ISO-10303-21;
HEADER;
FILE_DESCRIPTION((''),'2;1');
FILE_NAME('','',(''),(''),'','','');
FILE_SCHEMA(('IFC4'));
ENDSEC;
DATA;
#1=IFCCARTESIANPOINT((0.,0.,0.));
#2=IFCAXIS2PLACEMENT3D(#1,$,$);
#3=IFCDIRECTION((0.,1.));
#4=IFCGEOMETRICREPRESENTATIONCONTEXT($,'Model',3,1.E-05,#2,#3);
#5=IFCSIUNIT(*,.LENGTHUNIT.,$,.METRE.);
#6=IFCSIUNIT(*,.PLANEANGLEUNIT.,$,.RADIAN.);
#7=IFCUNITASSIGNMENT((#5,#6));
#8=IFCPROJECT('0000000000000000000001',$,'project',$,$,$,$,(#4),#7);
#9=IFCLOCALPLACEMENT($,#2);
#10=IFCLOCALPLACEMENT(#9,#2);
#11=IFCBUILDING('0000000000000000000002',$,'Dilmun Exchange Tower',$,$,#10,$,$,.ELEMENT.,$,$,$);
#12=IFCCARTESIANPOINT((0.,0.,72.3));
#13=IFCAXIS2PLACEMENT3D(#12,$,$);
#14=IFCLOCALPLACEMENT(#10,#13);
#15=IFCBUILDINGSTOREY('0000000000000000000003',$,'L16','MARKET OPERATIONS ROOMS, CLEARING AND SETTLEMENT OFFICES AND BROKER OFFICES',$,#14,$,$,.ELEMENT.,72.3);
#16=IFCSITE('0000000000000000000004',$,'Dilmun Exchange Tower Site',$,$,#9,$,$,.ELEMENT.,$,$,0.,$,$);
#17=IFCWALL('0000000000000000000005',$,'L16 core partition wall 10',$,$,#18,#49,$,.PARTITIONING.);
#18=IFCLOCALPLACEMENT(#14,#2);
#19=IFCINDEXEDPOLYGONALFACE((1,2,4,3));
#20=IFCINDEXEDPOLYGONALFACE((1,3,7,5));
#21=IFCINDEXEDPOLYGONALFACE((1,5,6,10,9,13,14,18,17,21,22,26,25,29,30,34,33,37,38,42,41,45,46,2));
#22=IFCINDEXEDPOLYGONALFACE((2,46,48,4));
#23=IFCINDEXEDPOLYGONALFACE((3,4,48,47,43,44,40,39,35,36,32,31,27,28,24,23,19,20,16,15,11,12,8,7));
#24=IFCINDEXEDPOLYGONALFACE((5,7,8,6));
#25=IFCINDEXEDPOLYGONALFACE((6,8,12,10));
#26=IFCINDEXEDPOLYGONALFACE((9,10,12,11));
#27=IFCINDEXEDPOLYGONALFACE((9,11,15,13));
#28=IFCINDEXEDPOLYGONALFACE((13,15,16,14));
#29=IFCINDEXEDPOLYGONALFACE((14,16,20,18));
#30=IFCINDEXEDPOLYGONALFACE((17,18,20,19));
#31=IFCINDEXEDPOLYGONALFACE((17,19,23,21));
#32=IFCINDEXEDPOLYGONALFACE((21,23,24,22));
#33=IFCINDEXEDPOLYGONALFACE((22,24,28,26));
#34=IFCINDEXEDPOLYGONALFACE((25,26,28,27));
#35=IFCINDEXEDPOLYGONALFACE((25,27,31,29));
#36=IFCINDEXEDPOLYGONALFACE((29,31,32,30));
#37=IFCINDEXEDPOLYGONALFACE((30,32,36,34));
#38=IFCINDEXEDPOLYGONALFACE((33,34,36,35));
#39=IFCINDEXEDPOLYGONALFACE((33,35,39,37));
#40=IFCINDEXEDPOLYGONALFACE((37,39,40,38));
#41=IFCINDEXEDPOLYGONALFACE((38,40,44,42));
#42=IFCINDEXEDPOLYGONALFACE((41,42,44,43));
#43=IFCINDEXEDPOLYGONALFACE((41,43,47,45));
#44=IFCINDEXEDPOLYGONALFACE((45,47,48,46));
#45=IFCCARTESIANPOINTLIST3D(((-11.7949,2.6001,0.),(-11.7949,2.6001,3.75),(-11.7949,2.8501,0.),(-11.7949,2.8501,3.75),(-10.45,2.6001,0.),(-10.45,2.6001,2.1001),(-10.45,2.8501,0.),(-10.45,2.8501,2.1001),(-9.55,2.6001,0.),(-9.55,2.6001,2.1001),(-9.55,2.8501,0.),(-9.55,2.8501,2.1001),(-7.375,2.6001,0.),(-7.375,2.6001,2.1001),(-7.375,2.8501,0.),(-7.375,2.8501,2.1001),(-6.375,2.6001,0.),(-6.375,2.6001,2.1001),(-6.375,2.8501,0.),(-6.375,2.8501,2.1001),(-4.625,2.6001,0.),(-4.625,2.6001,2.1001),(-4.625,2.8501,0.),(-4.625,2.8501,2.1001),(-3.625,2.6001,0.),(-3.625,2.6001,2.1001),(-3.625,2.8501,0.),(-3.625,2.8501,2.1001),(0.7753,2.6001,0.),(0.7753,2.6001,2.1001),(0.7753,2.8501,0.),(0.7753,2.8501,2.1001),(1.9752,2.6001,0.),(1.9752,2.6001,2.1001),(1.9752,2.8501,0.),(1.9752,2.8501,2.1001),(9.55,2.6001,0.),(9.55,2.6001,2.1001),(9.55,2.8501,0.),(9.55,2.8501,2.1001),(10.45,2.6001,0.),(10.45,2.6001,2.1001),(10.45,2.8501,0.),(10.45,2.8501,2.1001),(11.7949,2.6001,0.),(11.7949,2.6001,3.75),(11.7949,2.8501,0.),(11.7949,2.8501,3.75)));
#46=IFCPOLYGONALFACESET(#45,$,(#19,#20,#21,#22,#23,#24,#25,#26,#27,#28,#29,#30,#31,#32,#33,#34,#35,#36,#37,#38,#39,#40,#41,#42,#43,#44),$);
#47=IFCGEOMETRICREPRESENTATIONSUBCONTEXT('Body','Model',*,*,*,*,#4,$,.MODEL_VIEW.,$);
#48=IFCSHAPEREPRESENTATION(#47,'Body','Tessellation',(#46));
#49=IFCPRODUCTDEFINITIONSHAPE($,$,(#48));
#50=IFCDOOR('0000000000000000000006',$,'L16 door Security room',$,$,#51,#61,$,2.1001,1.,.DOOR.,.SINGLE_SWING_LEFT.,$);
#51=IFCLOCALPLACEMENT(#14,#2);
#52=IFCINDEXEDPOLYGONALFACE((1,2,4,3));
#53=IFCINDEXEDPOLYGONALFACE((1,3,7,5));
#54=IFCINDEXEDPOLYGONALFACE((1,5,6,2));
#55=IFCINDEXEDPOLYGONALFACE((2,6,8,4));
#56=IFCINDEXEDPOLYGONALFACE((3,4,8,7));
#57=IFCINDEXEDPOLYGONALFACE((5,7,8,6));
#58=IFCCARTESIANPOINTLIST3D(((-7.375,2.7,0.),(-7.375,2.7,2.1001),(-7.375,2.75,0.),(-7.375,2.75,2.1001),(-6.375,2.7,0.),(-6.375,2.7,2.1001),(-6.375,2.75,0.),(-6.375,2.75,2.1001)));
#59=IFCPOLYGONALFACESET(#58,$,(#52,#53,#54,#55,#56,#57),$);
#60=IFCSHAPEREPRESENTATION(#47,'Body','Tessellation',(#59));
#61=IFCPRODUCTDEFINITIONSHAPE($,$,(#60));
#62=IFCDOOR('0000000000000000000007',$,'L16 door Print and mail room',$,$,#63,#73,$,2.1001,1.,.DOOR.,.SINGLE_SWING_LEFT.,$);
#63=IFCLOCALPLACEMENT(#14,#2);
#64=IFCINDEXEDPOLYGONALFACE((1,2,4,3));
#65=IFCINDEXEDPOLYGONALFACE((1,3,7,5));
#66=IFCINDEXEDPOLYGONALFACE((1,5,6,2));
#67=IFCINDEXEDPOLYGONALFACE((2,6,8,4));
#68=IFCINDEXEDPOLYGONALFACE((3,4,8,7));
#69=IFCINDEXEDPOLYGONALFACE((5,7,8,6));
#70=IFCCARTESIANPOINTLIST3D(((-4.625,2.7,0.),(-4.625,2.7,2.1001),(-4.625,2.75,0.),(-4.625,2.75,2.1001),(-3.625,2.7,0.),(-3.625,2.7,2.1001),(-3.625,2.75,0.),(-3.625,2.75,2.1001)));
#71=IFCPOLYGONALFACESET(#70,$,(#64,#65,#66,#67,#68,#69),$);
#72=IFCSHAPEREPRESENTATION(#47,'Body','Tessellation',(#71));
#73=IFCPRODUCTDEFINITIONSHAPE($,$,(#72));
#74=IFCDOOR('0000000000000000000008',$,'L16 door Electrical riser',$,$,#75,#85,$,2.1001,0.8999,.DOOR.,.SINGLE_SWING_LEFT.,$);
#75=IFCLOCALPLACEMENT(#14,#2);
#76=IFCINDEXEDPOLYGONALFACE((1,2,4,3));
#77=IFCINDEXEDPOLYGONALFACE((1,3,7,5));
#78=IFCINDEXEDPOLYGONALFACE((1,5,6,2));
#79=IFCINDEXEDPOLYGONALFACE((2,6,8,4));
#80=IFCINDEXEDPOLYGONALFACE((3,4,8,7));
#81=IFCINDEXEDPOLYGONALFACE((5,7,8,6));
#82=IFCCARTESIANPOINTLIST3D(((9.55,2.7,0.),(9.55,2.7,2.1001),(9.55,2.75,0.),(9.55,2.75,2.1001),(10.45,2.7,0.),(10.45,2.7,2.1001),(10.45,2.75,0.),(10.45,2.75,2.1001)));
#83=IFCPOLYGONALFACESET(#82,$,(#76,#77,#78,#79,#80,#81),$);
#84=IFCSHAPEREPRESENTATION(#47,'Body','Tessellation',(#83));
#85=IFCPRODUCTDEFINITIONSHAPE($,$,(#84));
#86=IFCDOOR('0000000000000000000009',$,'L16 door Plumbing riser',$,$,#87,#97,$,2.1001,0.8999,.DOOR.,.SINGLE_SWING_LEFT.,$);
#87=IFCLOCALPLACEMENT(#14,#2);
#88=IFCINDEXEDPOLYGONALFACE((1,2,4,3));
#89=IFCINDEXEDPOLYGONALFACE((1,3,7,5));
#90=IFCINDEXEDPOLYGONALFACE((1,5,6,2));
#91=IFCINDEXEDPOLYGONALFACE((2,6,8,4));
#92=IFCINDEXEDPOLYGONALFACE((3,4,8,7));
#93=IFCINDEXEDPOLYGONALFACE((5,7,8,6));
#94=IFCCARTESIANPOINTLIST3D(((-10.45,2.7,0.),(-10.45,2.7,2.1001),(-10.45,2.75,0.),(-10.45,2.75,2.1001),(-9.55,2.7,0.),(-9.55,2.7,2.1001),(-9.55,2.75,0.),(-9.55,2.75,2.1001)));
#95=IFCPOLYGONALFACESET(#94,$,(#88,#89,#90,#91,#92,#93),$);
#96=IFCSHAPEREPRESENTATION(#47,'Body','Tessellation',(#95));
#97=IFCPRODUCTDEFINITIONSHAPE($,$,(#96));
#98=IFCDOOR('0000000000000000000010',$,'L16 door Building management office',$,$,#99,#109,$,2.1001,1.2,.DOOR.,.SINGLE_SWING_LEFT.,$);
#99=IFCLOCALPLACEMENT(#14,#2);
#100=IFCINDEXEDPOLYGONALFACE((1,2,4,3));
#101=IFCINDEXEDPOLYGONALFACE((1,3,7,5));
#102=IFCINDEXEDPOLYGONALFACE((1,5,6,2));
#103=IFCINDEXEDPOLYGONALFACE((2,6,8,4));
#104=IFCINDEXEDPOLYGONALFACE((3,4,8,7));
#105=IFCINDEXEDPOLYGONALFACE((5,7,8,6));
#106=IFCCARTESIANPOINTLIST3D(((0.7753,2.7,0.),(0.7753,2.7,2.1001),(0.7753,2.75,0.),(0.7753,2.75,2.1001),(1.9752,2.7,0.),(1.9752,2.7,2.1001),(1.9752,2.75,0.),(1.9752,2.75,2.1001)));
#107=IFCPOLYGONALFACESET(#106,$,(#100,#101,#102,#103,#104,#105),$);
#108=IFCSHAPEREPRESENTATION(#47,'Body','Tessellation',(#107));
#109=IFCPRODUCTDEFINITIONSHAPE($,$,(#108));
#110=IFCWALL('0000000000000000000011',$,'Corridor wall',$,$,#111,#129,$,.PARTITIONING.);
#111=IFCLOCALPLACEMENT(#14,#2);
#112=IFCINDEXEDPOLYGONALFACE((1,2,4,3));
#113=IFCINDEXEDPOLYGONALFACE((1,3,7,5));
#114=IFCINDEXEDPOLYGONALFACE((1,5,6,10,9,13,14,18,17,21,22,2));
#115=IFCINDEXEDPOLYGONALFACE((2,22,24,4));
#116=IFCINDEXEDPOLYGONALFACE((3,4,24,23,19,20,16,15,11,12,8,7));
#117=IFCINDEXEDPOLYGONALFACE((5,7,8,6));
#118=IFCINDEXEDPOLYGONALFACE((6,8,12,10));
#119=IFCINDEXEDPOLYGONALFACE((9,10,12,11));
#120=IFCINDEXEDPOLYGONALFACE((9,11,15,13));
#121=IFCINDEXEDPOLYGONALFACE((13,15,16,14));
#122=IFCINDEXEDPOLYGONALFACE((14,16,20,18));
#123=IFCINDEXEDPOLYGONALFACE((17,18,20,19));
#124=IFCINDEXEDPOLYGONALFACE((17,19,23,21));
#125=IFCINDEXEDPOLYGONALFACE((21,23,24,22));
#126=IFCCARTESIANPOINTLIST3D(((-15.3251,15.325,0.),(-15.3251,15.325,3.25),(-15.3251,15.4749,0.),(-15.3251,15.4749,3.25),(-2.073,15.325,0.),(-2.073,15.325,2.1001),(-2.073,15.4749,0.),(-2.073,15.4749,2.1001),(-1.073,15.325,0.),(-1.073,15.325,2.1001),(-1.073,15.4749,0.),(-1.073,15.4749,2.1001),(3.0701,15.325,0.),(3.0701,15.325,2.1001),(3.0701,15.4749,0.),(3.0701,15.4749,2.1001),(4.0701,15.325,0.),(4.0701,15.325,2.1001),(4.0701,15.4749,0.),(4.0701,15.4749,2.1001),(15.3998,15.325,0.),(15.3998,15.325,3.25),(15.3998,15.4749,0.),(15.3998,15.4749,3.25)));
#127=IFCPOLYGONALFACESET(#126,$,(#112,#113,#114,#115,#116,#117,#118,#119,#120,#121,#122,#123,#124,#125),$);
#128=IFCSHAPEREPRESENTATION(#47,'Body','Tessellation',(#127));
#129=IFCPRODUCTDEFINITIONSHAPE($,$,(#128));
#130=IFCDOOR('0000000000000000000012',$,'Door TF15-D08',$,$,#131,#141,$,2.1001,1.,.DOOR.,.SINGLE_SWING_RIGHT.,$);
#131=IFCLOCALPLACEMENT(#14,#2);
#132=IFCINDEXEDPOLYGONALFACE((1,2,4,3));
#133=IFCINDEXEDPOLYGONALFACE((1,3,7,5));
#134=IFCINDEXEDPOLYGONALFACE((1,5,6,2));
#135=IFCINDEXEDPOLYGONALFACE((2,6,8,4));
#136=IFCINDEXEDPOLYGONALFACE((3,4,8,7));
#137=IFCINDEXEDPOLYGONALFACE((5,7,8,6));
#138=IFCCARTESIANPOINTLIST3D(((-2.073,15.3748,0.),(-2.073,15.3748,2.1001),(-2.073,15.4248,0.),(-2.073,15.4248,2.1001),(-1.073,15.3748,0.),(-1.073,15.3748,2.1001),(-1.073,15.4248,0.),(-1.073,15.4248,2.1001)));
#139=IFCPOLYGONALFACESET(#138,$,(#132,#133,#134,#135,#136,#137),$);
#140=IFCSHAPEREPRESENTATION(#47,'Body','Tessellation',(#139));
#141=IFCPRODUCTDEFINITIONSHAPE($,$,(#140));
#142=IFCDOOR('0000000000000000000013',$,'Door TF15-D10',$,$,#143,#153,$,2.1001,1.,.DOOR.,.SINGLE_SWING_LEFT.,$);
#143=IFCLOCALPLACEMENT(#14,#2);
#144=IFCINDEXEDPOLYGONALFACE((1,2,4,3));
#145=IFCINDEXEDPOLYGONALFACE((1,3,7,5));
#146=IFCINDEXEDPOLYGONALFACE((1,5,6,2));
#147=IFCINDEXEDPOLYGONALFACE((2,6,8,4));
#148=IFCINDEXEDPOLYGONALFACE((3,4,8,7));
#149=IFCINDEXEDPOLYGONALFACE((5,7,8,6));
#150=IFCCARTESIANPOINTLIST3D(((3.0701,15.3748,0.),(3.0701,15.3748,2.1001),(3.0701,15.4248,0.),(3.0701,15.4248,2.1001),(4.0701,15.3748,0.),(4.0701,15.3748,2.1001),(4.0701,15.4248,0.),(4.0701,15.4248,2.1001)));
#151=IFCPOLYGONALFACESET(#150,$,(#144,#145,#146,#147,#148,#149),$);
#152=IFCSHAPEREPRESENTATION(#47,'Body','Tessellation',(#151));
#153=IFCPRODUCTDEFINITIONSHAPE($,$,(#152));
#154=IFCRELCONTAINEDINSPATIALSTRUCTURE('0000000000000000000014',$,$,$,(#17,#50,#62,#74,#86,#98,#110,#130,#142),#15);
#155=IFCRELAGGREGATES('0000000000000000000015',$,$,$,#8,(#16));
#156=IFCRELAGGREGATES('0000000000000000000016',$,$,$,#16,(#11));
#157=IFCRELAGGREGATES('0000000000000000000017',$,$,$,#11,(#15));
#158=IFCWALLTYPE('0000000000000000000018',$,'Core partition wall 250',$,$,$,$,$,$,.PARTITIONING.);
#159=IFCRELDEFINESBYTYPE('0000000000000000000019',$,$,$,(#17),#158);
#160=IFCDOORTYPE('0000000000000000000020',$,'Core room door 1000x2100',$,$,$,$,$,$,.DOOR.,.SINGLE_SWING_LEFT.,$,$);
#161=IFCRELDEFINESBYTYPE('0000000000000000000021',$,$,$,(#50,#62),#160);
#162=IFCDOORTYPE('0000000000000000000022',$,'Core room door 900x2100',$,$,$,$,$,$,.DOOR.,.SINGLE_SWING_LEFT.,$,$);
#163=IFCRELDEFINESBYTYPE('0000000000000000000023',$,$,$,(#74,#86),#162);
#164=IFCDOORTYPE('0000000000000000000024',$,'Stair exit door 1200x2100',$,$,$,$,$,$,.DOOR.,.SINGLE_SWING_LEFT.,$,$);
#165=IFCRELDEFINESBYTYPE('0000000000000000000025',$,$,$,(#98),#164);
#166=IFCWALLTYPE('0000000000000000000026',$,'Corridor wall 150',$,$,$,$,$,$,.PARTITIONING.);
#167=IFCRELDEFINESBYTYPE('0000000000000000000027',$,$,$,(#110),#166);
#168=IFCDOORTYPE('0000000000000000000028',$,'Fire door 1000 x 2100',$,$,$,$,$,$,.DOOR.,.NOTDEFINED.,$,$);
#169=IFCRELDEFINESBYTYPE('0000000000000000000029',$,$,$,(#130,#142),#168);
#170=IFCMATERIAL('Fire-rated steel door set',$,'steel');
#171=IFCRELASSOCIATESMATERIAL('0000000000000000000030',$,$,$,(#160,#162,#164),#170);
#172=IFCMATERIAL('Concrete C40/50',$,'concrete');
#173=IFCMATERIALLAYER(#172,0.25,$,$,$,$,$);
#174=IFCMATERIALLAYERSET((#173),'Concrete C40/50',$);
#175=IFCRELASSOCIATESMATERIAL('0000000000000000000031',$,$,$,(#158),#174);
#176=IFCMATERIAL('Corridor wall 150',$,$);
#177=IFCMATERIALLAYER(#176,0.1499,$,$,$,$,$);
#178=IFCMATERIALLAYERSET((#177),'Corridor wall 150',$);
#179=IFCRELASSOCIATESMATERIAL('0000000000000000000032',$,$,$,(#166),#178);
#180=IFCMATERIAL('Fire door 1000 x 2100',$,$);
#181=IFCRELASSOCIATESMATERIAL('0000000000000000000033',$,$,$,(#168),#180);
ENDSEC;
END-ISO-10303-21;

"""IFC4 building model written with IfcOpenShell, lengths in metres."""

from ifc_helpers import new_model, si_unit, direction, frame, frame_2d, origin, place, context, subcontext, project, spatial, rectangle, extrude, material, layer, layer_set, type_object, element, fill, save


model = new_model("IFC4")

# Units and contexts
model_context = context("Model", 3, precision=1e-05, world=origin(), true_north=direction((0.0, 1.0)))
body_context = subcontext(model_context, "Body", "Model", "MODEL_VIEW")
ifc_project = project(units=[si_unit("LENGTHUNIT", "METRE"), si_unit("PLANEANGLEUNIT", "RADIAN")], contexts=[model_context])

# Site, building, storey
site_placement = place(None, origin())
site = spatial("IfcSite", under=ifc_project, at=site_placement, Name="Dilmun Exchange Tower Site", CompositionType="ELEMENT", RefElevation=0.0)
building_placement = place(site_placement, origin())
building = spatial("IfcBuilding", under=site, at=building_placement, Name="Dilmun Exchange Tower", CompositionType="ELEMENT")
storey_placement = place(building_placement, frame((0.0, 0.0, 72.3)))
storey = spatial("IfcBuildingStorey", under=building, at=storey_placement, Name="L16", Description="MARKET OPERATIONS ROOMS, CLEARING AND SETTLEMENT OFFICES AND BROKER OFFICES", CompositionType="ELEMENT", Elevation=72.3)

# Shared definitions
ifc_material_1 = material(Name="Concrete C40/50", Category="concrete")

# Shared definitions
ifc_material_2 = material(Name="Fire-rated steel door set", Category="steel")
door_type_1 = type_object("IfcDoorType", Name="Core room door 1000x2100", OperationType="SINGLE_SWING_LEFT", PredefinedType="DOOR", material=ifc_material_2)

# Walls, openings, doors
ifc_layer_1 = layer(ifc_material_1, 0.25)
ifc_layer_set_1 = layer_set([ifc_layer_1], Name="Concrete C40/50")
wall_type_1 = type_object("IfcWallType", Name="Core partition wall 250", PredefinedType="PARTITIONING", material=ifc_layer_set_1)
wall_1_placement = place(storey_placement, frame((-11.7949, 2.7251, 0.0), z_axis=(0.0, 0.0, 1.0), x_axis=(1.0, 0.0, 0.0)))
wall_1 = element("IfcWall", 1, at=wall_1_placement, inside=storey, type_object=wall_type_1, Name="L16 core partition wall 10", PredefinedType="PARTITIONING", context=body_context, shape_type="SweptSolid", body=[
    extrude(rectangle(XDim=23.5898, YDim=0.25, at=frame_2d((11.7949, 0.0))), origin(), (0.0, 0.0, 1.0), 3.75),
])
opening_1_placement = place(wall_1_placement, frame((21.345, 0.0, 0.0)))
opening_1 = element("IfcOpeningElement", 2, at=opening_1_placement, cuts=wall_1, PredefinedType="OPENING", context=body_context, shape_type="SweptSolid", body=[
    extrude(rectangle(XDim=0.8999, YDim=2.1001, at=frame_2d((0.45, 1.05))), frame((0.0, 0.135, 0.0), z_axis=(0.0, -1.0, 0.0), x_axis=(1.0, 0.0, 0.0)), (0.0, 0.0, 1.0), 0.27),
])
opening_2_placement = place(wall_1_placement, frame((1.345, 0.0, 0.0)))
opening_2 = element("IfcOpeningElement", 3, at=opening_2_placement, cuts=wall_1, PredefinedType="OPENING", context=body_context, shape_type="SweptSolid", body=[
    extrude(rectangle(XDim=0.8999, YDim=2.1001, at=frame_2d((0.45, 1.05))), frame((0.0, 0.135, 0.0), z_axis=(0.0, -1.0, 0.0), x_axis=(1.0, 0.0, 0.0)), (0.0, 0.0, 1.0), 0.27),
])
opening_3_placement = place(wall_1_placement, frame((4.4199, 0.0, 0.0)))
opening_3 = element("IfcOpeningElement", 4, at=opening_3_placement, cuts=wall_1, PredefinedType="OPENING", context=body_context, shape_type="SweptSolid", body=[
    extrude(rectangle(XDim=1.0, YDim=2.1001, at=frame_2d((0.5, 1.05))), frame((0.0, 0.135, 0.0), z_axis=(0.0, -1.0, 0.0), x_axis=(1.0, 0.0, 0.0)), (0.0, 0.0, 1.0), 0.27),
])
opening_4_placement = place(wall_1_placement, frame((7.1699, 0.0, 0.0)))
opening_4 = element("IfcOpeningElement", 5, at=opening_4_placement, cuts=wall_1, PredefinedType="OPENING", context=body_context, shape_type="SweptSolid", body=[
    extrude(rectangle(XDim=1.0, YDim=2.1001, at=frame_2d((0.5, 1.05))), frame((0.0, 0.135, 0.0), z_axis=(0.0, -1.0, 0.0), x_axis=(1.0, 0.0, 0.0)), (0.0, 0.0, 1.0), 0.27),
])
opening_5_placement = place(wall_1_placement, frame((12.5701, 0.0, 0.0)))
opening_5 = element("IfcOpeningElement", 6, at=opening_5_placement, cuts=wall_1, PredefinedType="OPENING", context=body_context, shape_type="SweptSolid", body=[
    extrude(rectangle(XDim=1.2, YDim=2.1001, at=frame_2d((0.6001, 1.05))), frame((0.0, 0.135, 0.0), z_axis=(0.0, -1.0, 0.0), x_axis=(1.0, 0.0, 0.0)), (0.0, 0.0, 1.0), 0.27),
])
door_1_placement = place(opening_3_placement, origin())
door_1 = element("IfcDoor", 7, at=door_1_placement, inside=storey, type_object=door_type_1, Name="L16 door Security room", OperationType="SINGLE_SWING_LEFT", OverallHeight=2.1001, OverallWidth=1.0, PredefinedType="DOOR", context=body_context, shape_type="SweptSolid", body=[
    extrude(rectangle(XDim=1.0, YDim=2.1001, at=frame_2d((0.5, 1.05))), frame((0.0, 0.0249, 0.0), z_axis=(0.0, -1.0, 0.0), x_axis=(1.0, 0.0, 0.0)), (0.0, 0.0, 1.0), 0.05),
])
fill(opening_3, door_1)
door_2_placement = place(opening_4_placement, origin())
door_2 = element("IfcDoor", 8, at=door_2_placement, inside=storey, type_object=door_type_1, Name="L16 door Print and mail room", OperationType="SINGLE_SWING_LEFT", OverallHeight=2.1001, OverallWidth=1.0, PredefinedType="DOOR", context=body_context, shape_type="SweptSolid", body=[
    extrude(rectangle(XDim=1.0, YDim=2.1001, at=frame_2d((0.5, 1.05))), frame((0.0, 0.0249, 0.0), z_axis=(0.0, -1.0, 0.0), x_axis=(1.0, 0.0, 0.0)), (0.0, 0.0, 1.0), 0.05),
])
fill(opening_4, door_2)
door_type_2 = type_object("IfcDoorType", Name="Core room door 900x2100", OperationType="SINGLE_SWING_LEFT", PredefinedType="DOOR", material=ifc_material_2)
door_3_placement = place(opening_1_placement, origin())
door_3 = element("IfcDoor", 9, at=door_3_placement, inside=storey, type_object=door_type_2, Name="L16 door Electrical riser", OperationType="SINGLE_SWING_LEFT", OverallHeight=2.1001, OverallWidth=0.8999, PredefinedType="DOOR", context=body_context, shape_type="SweptSolid", body=[
    extrude(rectangle(XDim=0.8999, YDim=2.1001, at=frame_2d((0.45, 1.05))), frame((0.0, 0.0249, 0.0), z_axis=(0.0, -1.0, 0.0), x_axis=(1.0, 0.0, 0.0)), (0.0, 0.0, 1.0), 0.05),
])
fill(opening_1, door_3)
door_4_placement = place(opening_2_placement, origin())
door_4 = element("IfcDoor", 10, at=door_4_placement, inside=storey, type_object=door_type_2, Name="L16 door Plumbing riser", OperationType="SINGLE_SWING_LEFT", OverallHeight=2.1001, OverallWidth=0.8999, PredefinedType="DOOR", context=body_context, shape_type="SweptSolid", body=[
    extrude(rectangle(XDim=0.8999, YDim=2.1001, at=frame_2d((0.45, 1.05))), frame((0.0, 0.0249, 0.0), z_axis=(0.0, -1.0, 0.0), x_axis=(1.0, 0.0, 0.0)), (0.0, 0.0, 1.0), 0.05),
])
fill(opening_2, door_4)
door_type_3 = type_object("IfcDoorType", Name="Stair exit door 1200x2100", OperationType="SINGLE_SWING_LEFT", PredefinedType="DOOR", material=ifc_material_2)
door_5_placement = place(opening_5_placement, origin())
door_5 = element("IfcDoor", 11, at=door_5_placement, inside=storey, type_object=door_type_3, Name="L16 door Building management office", OperationType="SINGLE_SWING_LEFT", OverallHeight=2.1001, OverallWidth=1.2, PredefinedType="DOOR", context=body_context, shape_type="SweptSolid", body=[
    extrude(rectangle(XDim=1.2, YDim=2.1001, at=frame_2d((0.6001, 1.05))), frame((0.0, 0.0249, 0.0), z_axis=(0.0, -1.0, 0.0), x_axis=(1.0, 0.0, 0.0)), (0.0, 0.0, 1.0), 0.05),
])
fill(opening_5, door_5)
ifc_material_3 = material(Name="Corridor wall 150")
ifc_layer_2 = layer(ifc_material_3, 0.1499)
ifc_layer_set_2 = layer_set([ifc_layer_2], Name="Corridor wall 150")
wall_type_2 = type_object("IfcWallType", Name="Corridor wall 150", PredefinedType="PARTITIONING", material=ifc_layer_set_2)
wall_2_placement = place(storey_placement, frame((-15.325, 15.3999, 0.0), z_axis=(0.0, 0.0, 1.0), x_axis=(1.0, 0.0, 0.0)))
wall_2 = element("IfcWall", 12, at=wall_2_placement, inside=storey, type_object=wall_type_2, Name="Corridor wall", PredefinedType="PARTITIONING", context=body_context, shape_type="SweptSolid", body=[
    extrude(rectangle(XDim=30.7249, YDim=0.1499, at=frame_2d((15.3623, 0.0))), origin(), (0.0, 0.0, 1.0), 3.25),
])
opening_6_placement = place(wall_2_placement, frame((13.252, 0.0, 0.0)))
opening_6 = element("IfcOpeningElement", 13, at=opening_6_placement, cuts=wall_2, PredefinedType="OPENING", context=body_context, shape_type="SweptSolid", body=[
    extrude(rectangle(XDim=1.0, YDim=2.1001, at=frame_2d((0.5, 1.05))), frame((0.0, 0.085, 0.0), z_axis=(0.0, -1.0, 0.0), x_axis=(1.0, 0.0, 0.0)), (0.0, 0.0, 1.0), 0.1699),
])
opening_7_placement = place(wall_2_placement, frame((18.395, 0.0, 0.0)))
opening_7 = element("IfcOpeningElement", 14, at=opening_7_placement, cuts=wall_2, PredefinedType="OPENING", context=body_context, shape_type="SweptSolid", body=[
    extrude(rectangle(XDim=1.0, YDim=2.1001, at=frame_2d((0.5, 1.05))), frame((0.0, 0.085, 0.0), z_axis=(0.0, -1.0, 0.0), x_axis=(1.0, 0.0, 0.0)), (0.0, 0.0, 1.0), 0.1699),
])
ifc_material_4 = material(Name="Fire door 1000 x 2100")
door_type_4 = type_object("IfcDoorType", Name="Fire door 1000 x 2100", OperationType="NOTDEFINED", PredefinedType="DOOR", material=ifc_material_4)
door_6_placement = place(opening_6_placement, origin())
door_6 = element("IfcDoor", 15, at=door_6_placement, inside=storey, type_object=door_type_4, Name="Door TF15-D08", OperationType="SINGLE_SWING_RIGHT", OverallHeight=2.1001, OverallWidth=1.0, PredefinedType="DOOR", context=body_context, shape_type="SweptSolid", body=[
    extrude(rectangle(XDim=1.0, YDim=2.1001, at=frame_2d((0.5, 1.05))), frame((0.0, 0.0249, 0.0), z_axis=(0.0, -1.0, 0.0), x_axis=(1.0, 0.0, 0.0)), (0.0, 0.0, 1.0), 0.05),
])
fill(opening_6, door_6)
door_7_placement = place(opening_7_placement, origin())
door_7 = element("IfcDoor", 16, at=door_7_placement, inside=storey, type_object=door_type_4, Name="Door TF15-D10", OperationType="SINGLE_SWING_LEFT", OverallHeight=2.1001, OverallWidth=1.0, PredefinedType="DOOR", context=body_context, shape_type="SweptSolid", body=[
    extrude(rectangle(XDim=1.0, YDim=2.1001, at=frame_2d((0.5, 1.05))), frame((0.0, 0.0249, 0.0), z_axis=(0.0, -1.0, 0.0), x_axis=(1.0, 0.0, 0.0)), (0.0, 0.0, 1.0), 0.05),
])
fill(opening_7, door_7)

save(model, "model.ifc")
